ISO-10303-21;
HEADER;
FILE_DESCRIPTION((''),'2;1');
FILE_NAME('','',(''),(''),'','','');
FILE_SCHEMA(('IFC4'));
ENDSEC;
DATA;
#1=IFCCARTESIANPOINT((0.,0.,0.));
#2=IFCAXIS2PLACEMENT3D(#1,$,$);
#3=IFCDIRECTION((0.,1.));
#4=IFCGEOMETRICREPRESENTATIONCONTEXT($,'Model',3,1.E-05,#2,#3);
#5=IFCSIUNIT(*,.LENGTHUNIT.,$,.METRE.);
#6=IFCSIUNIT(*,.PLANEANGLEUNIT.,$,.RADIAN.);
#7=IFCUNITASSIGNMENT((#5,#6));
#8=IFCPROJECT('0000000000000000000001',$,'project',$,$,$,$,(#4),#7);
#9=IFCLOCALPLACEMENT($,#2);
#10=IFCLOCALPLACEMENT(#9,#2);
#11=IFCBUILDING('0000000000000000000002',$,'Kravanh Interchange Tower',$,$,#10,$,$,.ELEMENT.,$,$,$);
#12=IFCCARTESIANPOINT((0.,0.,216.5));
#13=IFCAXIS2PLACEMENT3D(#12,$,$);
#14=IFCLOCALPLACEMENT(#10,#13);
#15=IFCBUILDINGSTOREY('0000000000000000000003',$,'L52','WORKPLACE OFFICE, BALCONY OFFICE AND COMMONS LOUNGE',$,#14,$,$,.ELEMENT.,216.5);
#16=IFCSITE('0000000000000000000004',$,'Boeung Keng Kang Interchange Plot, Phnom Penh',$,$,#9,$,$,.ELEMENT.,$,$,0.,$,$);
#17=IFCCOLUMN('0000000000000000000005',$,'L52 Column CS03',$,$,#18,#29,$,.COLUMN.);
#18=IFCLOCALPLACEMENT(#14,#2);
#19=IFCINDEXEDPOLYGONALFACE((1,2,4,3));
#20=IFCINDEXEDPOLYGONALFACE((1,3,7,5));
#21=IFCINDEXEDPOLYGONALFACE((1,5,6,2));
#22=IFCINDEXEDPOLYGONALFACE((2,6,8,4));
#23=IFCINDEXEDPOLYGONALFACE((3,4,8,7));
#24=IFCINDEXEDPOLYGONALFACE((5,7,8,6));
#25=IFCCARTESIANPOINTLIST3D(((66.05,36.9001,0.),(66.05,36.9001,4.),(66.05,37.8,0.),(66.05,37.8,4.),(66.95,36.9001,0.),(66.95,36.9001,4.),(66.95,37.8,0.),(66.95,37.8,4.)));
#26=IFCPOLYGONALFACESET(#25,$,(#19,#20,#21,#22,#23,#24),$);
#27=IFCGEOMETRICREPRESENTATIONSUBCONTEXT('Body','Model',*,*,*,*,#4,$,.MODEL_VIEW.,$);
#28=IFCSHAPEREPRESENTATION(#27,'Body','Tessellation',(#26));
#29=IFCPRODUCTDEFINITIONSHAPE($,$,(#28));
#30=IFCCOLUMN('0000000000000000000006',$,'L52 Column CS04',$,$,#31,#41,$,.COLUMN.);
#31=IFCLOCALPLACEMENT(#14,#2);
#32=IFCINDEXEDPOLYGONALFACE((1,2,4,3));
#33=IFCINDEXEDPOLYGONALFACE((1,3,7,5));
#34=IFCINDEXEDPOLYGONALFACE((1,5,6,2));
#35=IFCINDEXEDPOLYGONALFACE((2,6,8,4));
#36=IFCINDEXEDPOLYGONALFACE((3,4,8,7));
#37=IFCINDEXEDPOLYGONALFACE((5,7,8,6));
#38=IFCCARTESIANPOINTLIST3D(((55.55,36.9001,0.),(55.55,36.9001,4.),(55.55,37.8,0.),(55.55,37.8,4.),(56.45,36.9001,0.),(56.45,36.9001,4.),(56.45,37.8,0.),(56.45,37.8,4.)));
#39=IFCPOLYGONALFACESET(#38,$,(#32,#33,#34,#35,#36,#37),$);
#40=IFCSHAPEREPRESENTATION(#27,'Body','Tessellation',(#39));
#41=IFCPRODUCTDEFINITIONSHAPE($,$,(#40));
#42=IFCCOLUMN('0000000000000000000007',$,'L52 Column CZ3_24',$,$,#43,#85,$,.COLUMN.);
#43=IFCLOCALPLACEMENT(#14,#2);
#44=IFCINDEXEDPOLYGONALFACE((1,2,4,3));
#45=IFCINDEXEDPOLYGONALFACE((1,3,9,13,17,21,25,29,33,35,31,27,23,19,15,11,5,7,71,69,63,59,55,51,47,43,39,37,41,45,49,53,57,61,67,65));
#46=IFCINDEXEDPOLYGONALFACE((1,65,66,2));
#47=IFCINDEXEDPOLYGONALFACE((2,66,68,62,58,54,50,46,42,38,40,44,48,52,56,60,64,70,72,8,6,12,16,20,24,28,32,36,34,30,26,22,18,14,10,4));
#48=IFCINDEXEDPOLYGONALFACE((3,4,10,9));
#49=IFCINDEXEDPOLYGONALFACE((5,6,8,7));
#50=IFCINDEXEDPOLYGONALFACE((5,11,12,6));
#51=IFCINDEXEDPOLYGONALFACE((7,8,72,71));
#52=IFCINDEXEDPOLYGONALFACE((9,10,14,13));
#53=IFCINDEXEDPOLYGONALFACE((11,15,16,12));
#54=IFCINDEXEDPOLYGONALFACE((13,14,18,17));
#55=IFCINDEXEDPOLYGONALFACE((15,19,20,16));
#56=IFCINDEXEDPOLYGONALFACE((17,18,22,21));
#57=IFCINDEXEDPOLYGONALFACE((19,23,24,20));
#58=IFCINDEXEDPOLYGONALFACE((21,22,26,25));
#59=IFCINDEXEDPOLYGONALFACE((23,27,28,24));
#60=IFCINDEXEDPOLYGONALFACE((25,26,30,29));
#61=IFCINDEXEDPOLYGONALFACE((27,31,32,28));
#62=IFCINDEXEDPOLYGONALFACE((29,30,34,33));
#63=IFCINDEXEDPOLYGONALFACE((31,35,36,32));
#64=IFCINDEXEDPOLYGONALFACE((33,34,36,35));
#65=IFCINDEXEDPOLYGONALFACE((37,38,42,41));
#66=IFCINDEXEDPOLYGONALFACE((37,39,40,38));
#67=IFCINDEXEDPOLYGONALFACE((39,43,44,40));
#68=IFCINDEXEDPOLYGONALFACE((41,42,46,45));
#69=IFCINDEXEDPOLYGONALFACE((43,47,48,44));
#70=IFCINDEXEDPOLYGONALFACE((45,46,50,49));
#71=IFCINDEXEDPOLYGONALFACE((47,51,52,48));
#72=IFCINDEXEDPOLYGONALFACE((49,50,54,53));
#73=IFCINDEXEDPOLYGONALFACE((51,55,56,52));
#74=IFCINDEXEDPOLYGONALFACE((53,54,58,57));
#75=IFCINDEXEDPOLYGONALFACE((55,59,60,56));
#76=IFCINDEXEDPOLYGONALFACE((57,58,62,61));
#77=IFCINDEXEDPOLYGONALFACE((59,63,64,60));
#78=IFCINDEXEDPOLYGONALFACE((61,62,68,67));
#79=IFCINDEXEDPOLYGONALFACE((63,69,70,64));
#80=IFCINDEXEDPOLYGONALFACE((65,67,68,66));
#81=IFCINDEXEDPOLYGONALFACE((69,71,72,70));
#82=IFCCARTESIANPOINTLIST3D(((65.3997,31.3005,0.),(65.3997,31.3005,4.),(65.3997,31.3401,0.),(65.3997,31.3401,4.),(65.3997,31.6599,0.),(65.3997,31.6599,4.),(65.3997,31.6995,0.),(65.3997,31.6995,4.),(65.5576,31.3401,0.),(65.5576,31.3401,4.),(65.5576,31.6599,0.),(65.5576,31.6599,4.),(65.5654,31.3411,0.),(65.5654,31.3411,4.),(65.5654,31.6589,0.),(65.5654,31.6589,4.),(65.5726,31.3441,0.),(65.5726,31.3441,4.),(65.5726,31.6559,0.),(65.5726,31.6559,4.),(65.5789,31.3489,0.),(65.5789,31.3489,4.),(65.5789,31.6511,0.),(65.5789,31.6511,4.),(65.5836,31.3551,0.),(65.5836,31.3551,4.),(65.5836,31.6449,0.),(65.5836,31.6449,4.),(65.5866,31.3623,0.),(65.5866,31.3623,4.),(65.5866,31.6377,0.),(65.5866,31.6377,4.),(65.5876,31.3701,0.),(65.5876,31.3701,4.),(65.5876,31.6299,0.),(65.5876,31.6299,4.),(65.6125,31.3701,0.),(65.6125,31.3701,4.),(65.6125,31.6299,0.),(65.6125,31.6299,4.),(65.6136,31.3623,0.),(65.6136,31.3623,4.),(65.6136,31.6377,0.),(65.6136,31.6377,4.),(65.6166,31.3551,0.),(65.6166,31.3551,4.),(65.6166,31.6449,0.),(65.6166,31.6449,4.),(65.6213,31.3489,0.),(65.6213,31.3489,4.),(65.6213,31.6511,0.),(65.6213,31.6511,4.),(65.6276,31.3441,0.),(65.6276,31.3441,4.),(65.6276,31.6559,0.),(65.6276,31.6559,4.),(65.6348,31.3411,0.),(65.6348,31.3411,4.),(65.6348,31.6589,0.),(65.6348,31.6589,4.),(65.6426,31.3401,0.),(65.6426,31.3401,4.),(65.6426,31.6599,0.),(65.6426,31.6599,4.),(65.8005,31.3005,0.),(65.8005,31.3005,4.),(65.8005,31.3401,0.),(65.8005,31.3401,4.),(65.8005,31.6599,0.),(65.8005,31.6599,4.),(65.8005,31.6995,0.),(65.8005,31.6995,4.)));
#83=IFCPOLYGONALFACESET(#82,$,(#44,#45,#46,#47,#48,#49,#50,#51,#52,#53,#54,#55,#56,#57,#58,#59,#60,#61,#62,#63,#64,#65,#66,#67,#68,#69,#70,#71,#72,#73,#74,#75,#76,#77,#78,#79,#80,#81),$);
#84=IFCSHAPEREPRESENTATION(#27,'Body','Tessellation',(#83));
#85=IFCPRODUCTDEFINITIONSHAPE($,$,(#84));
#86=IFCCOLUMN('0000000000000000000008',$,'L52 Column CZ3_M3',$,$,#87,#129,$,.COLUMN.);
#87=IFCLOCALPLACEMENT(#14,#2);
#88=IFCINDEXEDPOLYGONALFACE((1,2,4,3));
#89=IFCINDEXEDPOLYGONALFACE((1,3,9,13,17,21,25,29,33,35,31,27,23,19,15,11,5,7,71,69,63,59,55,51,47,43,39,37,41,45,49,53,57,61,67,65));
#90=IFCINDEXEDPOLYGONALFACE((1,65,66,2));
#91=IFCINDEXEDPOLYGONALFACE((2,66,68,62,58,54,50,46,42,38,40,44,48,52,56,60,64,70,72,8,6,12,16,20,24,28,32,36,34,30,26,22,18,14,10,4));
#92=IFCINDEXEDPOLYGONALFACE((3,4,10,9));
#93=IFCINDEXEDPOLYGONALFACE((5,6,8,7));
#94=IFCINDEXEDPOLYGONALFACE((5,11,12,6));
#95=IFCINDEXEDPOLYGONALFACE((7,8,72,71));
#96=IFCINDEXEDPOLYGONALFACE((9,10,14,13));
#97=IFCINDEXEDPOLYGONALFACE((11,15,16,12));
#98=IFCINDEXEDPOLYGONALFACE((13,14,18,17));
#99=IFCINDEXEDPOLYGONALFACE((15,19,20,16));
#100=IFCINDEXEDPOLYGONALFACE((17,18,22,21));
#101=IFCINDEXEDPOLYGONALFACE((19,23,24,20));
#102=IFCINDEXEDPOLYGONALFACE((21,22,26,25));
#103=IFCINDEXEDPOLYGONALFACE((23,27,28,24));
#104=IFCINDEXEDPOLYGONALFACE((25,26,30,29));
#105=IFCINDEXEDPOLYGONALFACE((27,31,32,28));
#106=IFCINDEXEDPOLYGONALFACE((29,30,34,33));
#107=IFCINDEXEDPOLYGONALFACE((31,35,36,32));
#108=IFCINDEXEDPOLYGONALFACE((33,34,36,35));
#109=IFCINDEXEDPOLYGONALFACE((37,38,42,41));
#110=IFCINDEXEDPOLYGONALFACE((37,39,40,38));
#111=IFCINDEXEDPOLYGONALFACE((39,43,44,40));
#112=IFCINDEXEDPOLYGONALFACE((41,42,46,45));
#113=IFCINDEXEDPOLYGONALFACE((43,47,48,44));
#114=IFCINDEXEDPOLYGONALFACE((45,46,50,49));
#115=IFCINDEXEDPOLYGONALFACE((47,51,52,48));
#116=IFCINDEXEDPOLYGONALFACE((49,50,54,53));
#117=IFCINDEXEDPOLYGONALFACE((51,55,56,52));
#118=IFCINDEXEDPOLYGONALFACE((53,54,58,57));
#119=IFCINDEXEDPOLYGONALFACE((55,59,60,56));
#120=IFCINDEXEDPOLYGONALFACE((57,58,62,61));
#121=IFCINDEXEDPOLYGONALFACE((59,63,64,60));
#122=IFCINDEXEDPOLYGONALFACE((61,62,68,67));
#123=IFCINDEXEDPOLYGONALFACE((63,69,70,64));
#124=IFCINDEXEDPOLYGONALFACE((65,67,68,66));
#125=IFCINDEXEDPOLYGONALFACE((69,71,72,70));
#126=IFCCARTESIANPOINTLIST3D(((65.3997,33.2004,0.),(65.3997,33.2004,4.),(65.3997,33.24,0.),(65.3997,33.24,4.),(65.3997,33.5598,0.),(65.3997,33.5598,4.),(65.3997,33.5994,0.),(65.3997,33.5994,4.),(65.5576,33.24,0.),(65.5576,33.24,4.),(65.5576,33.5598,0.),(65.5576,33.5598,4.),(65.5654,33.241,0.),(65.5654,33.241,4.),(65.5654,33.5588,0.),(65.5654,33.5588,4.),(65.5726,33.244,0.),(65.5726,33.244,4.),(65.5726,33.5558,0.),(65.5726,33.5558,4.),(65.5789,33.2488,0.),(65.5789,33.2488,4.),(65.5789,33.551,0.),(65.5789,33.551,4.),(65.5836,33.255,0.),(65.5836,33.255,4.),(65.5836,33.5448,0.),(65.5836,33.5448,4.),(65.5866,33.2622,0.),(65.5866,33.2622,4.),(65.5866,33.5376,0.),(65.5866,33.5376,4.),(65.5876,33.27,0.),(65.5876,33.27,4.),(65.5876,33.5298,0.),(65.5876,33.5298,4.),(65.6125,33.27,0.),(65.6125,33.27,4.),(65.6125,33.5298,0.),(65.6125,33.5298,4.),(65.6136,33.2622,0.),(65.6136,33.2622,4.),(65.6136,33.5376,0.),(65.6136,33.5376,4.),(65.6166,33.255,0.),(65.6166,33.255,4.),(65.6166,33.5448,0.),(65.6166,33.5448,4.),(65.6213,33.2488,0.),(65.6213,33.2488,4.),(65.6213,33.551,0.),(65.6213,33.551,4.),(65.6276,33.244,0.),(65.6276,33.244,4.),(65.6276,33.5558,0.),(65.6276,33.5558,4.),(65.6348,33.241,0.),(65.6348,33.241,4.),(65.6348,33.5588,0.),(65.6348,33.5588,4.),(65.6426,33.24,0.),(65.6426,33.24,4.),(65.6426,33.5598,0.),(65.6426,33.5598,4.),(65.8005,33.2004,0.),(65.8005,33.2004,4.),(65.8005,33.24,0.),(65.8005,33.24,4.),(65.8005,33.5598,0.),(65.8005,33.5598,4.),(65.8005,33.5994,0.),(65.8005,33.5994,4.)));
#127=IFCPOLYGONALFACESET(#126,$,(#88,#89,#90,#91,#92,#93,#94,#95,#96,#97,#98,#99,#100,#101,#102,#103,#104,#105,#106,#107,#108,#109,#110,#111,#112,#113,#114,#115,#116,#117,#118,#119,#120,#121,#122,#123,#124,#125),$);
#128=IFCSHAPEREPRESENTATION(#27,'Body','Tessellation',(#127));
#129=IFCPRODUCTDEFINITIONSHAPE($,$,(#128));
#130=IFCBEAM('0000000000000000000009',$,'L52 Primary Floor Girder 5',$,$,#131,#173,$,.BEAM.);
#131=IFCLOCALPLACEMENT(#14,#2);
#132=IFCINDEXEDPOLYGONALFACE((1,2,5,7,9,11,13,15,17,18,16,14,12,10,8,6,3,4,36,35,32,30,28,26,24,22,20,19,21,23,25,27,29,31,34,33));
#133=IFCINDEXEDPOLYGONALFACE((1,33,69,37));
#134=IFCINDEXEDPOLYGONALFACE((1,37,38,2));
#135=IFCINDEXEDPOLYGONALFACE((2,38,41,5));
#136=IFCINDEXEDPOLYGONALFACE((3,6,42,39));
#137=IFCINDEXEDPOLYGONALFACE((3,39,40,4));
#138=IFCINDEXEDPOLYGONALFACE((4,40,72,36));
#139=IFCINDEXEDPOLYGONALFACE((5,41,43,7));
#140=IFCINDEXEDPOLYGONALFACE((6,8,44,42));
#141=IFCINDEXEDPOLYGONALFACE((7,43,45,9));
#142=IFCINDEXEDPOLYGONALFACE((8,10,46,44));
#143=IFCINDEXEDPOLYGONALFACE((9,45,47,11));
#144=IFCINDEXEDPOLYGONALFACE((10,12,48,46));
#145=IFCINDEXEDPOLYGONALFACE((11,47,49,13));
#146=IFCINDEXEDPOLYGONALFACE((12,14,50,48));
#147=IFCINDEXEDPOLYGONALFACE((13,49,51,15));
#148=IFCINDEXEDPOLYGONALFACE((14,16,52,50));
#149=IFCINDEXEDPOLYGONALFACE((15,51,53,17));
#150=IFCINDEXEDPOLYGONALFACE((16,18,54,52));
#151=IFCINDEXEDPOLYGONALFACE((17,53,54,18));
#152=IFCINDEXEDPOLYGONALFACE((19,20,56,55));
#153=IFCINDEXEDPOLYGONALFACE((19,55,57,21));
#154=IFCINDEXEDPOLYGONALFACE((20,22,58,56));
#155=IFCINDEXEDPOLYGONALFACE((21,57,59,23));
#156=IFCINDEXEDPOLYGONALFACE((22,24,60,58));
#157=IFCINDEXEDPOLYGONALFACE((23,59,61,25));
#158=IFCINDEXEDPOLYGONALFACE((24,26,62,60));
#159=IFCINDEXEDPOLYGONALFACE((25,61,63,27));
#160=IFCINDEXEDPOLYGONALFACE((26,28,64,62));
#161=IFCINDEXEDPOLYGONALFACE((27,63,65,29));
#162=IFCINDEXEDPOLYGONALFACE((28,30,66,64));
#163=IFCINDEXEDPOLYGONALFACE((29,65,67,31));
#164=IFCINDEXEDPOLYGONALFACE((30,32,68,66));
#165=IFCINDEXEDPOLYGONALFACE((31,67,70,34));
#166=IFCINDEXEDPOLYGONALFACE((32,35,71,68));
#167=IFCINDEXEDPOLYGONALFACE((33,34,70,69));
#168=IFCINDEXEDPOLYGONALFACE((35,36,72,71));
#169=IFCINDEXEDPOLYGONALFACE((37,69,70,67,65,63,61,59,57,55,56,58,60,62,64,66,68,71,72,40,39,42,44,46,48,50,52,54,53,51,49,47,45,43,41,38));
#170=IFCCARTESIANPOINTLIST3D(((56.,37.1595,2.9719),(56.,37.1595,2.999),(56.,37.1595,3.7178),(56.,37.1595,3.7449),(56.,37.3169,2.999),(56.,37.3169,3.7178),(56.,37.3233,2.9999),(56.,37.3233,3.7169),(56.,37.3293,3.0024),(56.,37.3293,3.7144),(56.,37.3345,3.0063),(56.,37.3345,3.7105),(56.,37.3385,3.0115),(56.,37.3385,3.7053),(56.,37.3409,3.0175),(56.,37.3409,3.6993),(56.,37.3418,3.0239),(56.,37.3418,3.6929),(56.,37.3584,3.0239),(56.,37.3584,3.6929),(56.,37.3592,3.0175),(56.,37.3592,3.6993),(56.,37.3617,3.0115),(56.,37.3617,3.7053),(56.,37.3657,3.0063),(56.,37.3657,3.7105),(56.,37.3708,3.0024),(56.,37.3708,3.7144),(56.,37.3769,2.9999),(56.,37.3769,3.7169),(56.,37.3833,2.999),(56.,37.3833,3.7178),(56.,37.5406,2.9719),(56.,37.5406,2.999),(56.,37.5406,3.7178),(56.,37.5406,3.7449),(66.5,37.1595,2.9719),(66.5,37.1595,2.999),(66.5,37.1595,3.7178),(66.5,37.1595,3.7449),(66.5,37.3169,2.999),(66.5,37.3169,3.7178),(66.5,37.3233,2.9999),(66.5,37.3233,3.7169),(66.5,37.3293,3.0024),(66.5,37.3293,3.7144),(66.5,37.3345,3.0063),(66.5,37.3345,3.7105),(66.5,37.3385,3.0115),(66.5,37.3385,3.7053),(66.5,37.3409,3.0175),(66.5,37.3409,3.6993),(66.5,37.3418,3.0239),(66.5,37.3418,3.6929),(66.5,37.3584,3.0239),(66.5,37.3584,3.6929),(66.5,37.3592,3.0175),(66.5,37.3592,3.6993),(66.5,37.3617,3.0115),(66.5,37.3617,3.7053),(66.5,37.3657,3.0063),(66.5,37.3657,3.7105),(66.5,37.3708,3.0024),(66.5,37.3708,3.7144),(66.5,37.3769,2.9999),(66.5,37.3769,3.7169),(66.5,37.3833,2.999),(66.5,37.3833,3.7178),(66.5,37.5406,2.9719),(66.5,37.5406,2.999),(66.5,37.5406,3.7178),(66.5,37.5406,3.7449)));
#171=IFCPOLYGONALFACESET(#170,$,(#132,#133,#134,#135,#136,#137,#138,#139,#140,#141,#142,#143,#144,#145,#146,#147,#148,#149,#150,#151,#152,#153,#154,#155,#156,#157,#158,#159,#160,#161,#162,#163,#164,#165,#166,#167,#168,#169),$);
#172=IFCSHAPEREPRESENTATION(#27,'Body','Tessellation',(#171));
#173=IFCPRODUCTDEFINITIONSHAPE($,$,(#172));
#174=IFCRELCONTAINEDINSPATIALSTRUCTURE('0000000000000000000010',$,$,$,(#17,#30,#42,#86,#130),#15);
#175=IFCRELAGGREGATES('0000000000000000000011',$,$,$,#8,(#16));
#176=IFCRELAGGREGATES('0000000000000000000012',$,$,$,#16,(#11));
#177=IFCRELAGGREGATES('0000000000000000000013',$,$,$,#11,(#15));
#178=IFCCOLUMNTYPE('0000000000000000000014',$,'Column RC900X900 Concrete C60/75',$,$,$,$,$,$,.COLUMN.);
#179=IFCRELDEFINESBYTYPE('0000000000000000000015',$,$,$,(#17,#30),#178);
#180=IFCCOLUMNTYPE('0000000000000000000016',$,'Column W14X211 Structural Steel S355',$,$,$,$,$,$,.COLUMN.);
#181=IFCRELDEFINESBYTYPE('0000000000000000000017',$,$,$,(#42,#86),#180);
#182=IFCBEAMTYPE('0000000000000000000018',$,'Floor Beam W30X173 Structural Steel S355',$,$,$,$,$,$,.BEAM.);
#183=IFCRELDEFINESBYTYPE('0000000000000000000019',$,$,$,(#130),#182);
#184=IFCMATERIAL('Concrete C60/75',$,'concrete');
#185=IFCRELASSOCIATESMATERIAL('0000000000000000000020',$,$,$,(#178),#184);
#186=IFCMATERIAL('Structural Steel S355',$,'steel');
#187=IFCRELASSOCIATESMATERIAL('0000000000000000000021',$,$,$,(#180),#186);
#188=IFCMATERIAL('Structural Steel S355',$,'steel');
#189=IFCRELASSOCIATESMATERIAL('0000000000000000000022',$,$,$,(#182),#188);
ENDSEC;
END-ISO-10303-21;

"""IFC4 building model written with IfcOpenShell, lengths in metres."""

from ifc_helpers import new_model, si_unit, direction, frame, origin, origin_2d, place, context, subcontext, project, spatial, rectangle, i_section, extrude, material, material_profile, profile_set, type_object, element, save


model = new_model("IFC4")

# Units and contexts
model_context = context("Model", 3, precision=1e-05, world=origin(), true_north=direction((0.0, 1.0)))
body_context = subcontext(model_context, "Body", "Model", "MODEL_VIEW")
ifc_project = project(units=[si_unit("LENGTHUNIT", "METRE"), si_unit("PLANEANGLEUNIT", "RADIAN")], contexts=[model_context])

# Site, building, storey
site_placement = place(None, origin())
site = spatial("IfcSite", under=ifc_project, at=site_placement, Name="Boeung Keng Kang Interchange Plot, Phnom Penh", CompositionType="ELEMENT", RefElevation=0.0)
building_placement = place(site_placement, origin())
building = spatial("IfcBuilding", under=site, at=building_placement, Name="Kravanh Interchange Tower", CompositionType="ELEMENT")
storey_placement = place(building_placement, frame((0.0, 0.0, 216.5)))
storey = spatial("IfcBuildingStorey", under=building, at=storey_placement, Name="L52", Description="WORKPLACE OFFICE, BALCONY OFFICE AND COMMONS LOUNGE", CompositionType="ELEMENT", Elevation=216.5)

# Columns
ifc_material_1 = material(Name="Concrete C60/75", Category="concrete")
ifc_material_profile_1 = material_profile(ifc_material_1, rectangle(XDim=0.8999, YDim=0.8999, at=origin_2d()), Name="RC900X900")
ifc_profile_set_1 = profile_set([ifc_material_profile_1], Name="Concrete C60/75")
column_type_1 = type_object("IfcColumnType", Name="Column RC900X900 Concrete C60/75", PredefinedType="COLUMN", material=ifc_profile_set_1)
for number, where, z_axis, x_axis, name in (
    (1, (66.5, 37.3501, 0.0), (0.0, 0.0, 1.0), (1.0, 0.0, 0.0), "L52 Column CS03"),
    (2, (56.0, 37.3501, 0.0), (0.0, 0.0, 1.0), (1.0, 0.0, 0.0), "L52 Column CS04"),
):
    element("IfcColumn", number, at=place(storey_placement, frame(where, z_axis=z_axis, x_axis=x_axis)), inside=storey, type_object=column_type_1, Name=name, PredefinedType="COLUMN", context=body_context, shape_type="SweptSolid", body=[
        extrude(rectangle(XDim=0.8999, YDim=0.8999, at=origin_2d()), origin(), (0.0, 0.0, 1.0), 4.0),
    ])
ifc_material_2 = material(Name="Structural Steel S355", Category="steel")
ifc_material_profile_2 = material_profile(ifc_material_2, i_section(OverallWidth=0.4009, OverallDepth=0.3989, WebThickness=0.0249, FlangeThickness=0.0396, FilletRadius=0.03, at=origin_2d()), Name="W14X211")
ifc_profile_set_2 = profile_set([ifc_material_profile_2], Name="Structural Steel S355")
column_type_2 = type_object("IfcColumnType", Name="Column W14X211 Structural Steel S355", PredefinedType="COLUMN", material=ifc_profile_set_2)
for number, where, z_axis, x_axis, name in (
    (3, (65.6001, 31.5, 0.0), (0.0, 0.0, 1.0), (1.0, 0.0, 0.0), "L52 Column CZ3_24"),
    (4, (65.6001, 33.3999, 0.0), (0.0, 0.0, 1.0), (1.0, 0.0, 0.0), "L52 Column CZ3_M3"),
):
    element("IfcColumn", number, at=place(storey_placement, frame(where, z_axis=z_axis, x_axis=x_axis)), inside=storey, type_object=column_type_2, Name=name, PredefinedType="COLUMN", context=body_context, shape_type="SweptSolid", body=[
        extrude(i_section(OverallWidth=0.4009, OverallDepth=0.3989, WebThickness=0.0249, FlangeThickness=0.0396, FilletRadius=0.03, at=origin_2d()), origin(), (0.0, 0.0, 1.0), 4.0),
    ])

# Beam
ifc_material_3 = material(Name="Structural Steel S355", Category="steel")
ifc_material_profile_3 = material_profile(ifc_material_3, i_section(OverallWidth=0.3811, OverallDepth=0.7729, WebThickness=0.0166, FlangeThickness=0.0271, FilletRadius=0.0249, at=origin_2d()), Name="W30X173")
ifc_profile_set_3 = profile_set([ifc_material_profile_3], Name="Structural Steel S355")
beam_type_1 = type_object("IfcBeamType", Name="Floor Beam W30X173 Structural Steel S355", PredefinedType="BEAM", material=ifc_profile_set_3)
beam_1_placement = place(storey_placement, frame((66.5, 37.3501, 3.3584), z_axis=(-1.0, 0.0, 0.0), x_axis=(0.0, -1.0, 0.0)))
element("IfcBeam", 5, at=beam_1_placement, inside=storey, type_object=beam_type_1, Name="L52 Primary Floor Girder 5", PredefinedType="BEAM", context=body_context, shape_type="SweptSolid", body=[
    extrude(i_section(OverallWidth=0.3811, OverallDepth=0.7729, WebThickness=0.0166, FlangeThickness=0.0271, FilletRadius=0.0249, at=origin_2d()), origin(), (0.0, 0.0, 1.0), 10.5),
])

save(model, "model.ifc")
